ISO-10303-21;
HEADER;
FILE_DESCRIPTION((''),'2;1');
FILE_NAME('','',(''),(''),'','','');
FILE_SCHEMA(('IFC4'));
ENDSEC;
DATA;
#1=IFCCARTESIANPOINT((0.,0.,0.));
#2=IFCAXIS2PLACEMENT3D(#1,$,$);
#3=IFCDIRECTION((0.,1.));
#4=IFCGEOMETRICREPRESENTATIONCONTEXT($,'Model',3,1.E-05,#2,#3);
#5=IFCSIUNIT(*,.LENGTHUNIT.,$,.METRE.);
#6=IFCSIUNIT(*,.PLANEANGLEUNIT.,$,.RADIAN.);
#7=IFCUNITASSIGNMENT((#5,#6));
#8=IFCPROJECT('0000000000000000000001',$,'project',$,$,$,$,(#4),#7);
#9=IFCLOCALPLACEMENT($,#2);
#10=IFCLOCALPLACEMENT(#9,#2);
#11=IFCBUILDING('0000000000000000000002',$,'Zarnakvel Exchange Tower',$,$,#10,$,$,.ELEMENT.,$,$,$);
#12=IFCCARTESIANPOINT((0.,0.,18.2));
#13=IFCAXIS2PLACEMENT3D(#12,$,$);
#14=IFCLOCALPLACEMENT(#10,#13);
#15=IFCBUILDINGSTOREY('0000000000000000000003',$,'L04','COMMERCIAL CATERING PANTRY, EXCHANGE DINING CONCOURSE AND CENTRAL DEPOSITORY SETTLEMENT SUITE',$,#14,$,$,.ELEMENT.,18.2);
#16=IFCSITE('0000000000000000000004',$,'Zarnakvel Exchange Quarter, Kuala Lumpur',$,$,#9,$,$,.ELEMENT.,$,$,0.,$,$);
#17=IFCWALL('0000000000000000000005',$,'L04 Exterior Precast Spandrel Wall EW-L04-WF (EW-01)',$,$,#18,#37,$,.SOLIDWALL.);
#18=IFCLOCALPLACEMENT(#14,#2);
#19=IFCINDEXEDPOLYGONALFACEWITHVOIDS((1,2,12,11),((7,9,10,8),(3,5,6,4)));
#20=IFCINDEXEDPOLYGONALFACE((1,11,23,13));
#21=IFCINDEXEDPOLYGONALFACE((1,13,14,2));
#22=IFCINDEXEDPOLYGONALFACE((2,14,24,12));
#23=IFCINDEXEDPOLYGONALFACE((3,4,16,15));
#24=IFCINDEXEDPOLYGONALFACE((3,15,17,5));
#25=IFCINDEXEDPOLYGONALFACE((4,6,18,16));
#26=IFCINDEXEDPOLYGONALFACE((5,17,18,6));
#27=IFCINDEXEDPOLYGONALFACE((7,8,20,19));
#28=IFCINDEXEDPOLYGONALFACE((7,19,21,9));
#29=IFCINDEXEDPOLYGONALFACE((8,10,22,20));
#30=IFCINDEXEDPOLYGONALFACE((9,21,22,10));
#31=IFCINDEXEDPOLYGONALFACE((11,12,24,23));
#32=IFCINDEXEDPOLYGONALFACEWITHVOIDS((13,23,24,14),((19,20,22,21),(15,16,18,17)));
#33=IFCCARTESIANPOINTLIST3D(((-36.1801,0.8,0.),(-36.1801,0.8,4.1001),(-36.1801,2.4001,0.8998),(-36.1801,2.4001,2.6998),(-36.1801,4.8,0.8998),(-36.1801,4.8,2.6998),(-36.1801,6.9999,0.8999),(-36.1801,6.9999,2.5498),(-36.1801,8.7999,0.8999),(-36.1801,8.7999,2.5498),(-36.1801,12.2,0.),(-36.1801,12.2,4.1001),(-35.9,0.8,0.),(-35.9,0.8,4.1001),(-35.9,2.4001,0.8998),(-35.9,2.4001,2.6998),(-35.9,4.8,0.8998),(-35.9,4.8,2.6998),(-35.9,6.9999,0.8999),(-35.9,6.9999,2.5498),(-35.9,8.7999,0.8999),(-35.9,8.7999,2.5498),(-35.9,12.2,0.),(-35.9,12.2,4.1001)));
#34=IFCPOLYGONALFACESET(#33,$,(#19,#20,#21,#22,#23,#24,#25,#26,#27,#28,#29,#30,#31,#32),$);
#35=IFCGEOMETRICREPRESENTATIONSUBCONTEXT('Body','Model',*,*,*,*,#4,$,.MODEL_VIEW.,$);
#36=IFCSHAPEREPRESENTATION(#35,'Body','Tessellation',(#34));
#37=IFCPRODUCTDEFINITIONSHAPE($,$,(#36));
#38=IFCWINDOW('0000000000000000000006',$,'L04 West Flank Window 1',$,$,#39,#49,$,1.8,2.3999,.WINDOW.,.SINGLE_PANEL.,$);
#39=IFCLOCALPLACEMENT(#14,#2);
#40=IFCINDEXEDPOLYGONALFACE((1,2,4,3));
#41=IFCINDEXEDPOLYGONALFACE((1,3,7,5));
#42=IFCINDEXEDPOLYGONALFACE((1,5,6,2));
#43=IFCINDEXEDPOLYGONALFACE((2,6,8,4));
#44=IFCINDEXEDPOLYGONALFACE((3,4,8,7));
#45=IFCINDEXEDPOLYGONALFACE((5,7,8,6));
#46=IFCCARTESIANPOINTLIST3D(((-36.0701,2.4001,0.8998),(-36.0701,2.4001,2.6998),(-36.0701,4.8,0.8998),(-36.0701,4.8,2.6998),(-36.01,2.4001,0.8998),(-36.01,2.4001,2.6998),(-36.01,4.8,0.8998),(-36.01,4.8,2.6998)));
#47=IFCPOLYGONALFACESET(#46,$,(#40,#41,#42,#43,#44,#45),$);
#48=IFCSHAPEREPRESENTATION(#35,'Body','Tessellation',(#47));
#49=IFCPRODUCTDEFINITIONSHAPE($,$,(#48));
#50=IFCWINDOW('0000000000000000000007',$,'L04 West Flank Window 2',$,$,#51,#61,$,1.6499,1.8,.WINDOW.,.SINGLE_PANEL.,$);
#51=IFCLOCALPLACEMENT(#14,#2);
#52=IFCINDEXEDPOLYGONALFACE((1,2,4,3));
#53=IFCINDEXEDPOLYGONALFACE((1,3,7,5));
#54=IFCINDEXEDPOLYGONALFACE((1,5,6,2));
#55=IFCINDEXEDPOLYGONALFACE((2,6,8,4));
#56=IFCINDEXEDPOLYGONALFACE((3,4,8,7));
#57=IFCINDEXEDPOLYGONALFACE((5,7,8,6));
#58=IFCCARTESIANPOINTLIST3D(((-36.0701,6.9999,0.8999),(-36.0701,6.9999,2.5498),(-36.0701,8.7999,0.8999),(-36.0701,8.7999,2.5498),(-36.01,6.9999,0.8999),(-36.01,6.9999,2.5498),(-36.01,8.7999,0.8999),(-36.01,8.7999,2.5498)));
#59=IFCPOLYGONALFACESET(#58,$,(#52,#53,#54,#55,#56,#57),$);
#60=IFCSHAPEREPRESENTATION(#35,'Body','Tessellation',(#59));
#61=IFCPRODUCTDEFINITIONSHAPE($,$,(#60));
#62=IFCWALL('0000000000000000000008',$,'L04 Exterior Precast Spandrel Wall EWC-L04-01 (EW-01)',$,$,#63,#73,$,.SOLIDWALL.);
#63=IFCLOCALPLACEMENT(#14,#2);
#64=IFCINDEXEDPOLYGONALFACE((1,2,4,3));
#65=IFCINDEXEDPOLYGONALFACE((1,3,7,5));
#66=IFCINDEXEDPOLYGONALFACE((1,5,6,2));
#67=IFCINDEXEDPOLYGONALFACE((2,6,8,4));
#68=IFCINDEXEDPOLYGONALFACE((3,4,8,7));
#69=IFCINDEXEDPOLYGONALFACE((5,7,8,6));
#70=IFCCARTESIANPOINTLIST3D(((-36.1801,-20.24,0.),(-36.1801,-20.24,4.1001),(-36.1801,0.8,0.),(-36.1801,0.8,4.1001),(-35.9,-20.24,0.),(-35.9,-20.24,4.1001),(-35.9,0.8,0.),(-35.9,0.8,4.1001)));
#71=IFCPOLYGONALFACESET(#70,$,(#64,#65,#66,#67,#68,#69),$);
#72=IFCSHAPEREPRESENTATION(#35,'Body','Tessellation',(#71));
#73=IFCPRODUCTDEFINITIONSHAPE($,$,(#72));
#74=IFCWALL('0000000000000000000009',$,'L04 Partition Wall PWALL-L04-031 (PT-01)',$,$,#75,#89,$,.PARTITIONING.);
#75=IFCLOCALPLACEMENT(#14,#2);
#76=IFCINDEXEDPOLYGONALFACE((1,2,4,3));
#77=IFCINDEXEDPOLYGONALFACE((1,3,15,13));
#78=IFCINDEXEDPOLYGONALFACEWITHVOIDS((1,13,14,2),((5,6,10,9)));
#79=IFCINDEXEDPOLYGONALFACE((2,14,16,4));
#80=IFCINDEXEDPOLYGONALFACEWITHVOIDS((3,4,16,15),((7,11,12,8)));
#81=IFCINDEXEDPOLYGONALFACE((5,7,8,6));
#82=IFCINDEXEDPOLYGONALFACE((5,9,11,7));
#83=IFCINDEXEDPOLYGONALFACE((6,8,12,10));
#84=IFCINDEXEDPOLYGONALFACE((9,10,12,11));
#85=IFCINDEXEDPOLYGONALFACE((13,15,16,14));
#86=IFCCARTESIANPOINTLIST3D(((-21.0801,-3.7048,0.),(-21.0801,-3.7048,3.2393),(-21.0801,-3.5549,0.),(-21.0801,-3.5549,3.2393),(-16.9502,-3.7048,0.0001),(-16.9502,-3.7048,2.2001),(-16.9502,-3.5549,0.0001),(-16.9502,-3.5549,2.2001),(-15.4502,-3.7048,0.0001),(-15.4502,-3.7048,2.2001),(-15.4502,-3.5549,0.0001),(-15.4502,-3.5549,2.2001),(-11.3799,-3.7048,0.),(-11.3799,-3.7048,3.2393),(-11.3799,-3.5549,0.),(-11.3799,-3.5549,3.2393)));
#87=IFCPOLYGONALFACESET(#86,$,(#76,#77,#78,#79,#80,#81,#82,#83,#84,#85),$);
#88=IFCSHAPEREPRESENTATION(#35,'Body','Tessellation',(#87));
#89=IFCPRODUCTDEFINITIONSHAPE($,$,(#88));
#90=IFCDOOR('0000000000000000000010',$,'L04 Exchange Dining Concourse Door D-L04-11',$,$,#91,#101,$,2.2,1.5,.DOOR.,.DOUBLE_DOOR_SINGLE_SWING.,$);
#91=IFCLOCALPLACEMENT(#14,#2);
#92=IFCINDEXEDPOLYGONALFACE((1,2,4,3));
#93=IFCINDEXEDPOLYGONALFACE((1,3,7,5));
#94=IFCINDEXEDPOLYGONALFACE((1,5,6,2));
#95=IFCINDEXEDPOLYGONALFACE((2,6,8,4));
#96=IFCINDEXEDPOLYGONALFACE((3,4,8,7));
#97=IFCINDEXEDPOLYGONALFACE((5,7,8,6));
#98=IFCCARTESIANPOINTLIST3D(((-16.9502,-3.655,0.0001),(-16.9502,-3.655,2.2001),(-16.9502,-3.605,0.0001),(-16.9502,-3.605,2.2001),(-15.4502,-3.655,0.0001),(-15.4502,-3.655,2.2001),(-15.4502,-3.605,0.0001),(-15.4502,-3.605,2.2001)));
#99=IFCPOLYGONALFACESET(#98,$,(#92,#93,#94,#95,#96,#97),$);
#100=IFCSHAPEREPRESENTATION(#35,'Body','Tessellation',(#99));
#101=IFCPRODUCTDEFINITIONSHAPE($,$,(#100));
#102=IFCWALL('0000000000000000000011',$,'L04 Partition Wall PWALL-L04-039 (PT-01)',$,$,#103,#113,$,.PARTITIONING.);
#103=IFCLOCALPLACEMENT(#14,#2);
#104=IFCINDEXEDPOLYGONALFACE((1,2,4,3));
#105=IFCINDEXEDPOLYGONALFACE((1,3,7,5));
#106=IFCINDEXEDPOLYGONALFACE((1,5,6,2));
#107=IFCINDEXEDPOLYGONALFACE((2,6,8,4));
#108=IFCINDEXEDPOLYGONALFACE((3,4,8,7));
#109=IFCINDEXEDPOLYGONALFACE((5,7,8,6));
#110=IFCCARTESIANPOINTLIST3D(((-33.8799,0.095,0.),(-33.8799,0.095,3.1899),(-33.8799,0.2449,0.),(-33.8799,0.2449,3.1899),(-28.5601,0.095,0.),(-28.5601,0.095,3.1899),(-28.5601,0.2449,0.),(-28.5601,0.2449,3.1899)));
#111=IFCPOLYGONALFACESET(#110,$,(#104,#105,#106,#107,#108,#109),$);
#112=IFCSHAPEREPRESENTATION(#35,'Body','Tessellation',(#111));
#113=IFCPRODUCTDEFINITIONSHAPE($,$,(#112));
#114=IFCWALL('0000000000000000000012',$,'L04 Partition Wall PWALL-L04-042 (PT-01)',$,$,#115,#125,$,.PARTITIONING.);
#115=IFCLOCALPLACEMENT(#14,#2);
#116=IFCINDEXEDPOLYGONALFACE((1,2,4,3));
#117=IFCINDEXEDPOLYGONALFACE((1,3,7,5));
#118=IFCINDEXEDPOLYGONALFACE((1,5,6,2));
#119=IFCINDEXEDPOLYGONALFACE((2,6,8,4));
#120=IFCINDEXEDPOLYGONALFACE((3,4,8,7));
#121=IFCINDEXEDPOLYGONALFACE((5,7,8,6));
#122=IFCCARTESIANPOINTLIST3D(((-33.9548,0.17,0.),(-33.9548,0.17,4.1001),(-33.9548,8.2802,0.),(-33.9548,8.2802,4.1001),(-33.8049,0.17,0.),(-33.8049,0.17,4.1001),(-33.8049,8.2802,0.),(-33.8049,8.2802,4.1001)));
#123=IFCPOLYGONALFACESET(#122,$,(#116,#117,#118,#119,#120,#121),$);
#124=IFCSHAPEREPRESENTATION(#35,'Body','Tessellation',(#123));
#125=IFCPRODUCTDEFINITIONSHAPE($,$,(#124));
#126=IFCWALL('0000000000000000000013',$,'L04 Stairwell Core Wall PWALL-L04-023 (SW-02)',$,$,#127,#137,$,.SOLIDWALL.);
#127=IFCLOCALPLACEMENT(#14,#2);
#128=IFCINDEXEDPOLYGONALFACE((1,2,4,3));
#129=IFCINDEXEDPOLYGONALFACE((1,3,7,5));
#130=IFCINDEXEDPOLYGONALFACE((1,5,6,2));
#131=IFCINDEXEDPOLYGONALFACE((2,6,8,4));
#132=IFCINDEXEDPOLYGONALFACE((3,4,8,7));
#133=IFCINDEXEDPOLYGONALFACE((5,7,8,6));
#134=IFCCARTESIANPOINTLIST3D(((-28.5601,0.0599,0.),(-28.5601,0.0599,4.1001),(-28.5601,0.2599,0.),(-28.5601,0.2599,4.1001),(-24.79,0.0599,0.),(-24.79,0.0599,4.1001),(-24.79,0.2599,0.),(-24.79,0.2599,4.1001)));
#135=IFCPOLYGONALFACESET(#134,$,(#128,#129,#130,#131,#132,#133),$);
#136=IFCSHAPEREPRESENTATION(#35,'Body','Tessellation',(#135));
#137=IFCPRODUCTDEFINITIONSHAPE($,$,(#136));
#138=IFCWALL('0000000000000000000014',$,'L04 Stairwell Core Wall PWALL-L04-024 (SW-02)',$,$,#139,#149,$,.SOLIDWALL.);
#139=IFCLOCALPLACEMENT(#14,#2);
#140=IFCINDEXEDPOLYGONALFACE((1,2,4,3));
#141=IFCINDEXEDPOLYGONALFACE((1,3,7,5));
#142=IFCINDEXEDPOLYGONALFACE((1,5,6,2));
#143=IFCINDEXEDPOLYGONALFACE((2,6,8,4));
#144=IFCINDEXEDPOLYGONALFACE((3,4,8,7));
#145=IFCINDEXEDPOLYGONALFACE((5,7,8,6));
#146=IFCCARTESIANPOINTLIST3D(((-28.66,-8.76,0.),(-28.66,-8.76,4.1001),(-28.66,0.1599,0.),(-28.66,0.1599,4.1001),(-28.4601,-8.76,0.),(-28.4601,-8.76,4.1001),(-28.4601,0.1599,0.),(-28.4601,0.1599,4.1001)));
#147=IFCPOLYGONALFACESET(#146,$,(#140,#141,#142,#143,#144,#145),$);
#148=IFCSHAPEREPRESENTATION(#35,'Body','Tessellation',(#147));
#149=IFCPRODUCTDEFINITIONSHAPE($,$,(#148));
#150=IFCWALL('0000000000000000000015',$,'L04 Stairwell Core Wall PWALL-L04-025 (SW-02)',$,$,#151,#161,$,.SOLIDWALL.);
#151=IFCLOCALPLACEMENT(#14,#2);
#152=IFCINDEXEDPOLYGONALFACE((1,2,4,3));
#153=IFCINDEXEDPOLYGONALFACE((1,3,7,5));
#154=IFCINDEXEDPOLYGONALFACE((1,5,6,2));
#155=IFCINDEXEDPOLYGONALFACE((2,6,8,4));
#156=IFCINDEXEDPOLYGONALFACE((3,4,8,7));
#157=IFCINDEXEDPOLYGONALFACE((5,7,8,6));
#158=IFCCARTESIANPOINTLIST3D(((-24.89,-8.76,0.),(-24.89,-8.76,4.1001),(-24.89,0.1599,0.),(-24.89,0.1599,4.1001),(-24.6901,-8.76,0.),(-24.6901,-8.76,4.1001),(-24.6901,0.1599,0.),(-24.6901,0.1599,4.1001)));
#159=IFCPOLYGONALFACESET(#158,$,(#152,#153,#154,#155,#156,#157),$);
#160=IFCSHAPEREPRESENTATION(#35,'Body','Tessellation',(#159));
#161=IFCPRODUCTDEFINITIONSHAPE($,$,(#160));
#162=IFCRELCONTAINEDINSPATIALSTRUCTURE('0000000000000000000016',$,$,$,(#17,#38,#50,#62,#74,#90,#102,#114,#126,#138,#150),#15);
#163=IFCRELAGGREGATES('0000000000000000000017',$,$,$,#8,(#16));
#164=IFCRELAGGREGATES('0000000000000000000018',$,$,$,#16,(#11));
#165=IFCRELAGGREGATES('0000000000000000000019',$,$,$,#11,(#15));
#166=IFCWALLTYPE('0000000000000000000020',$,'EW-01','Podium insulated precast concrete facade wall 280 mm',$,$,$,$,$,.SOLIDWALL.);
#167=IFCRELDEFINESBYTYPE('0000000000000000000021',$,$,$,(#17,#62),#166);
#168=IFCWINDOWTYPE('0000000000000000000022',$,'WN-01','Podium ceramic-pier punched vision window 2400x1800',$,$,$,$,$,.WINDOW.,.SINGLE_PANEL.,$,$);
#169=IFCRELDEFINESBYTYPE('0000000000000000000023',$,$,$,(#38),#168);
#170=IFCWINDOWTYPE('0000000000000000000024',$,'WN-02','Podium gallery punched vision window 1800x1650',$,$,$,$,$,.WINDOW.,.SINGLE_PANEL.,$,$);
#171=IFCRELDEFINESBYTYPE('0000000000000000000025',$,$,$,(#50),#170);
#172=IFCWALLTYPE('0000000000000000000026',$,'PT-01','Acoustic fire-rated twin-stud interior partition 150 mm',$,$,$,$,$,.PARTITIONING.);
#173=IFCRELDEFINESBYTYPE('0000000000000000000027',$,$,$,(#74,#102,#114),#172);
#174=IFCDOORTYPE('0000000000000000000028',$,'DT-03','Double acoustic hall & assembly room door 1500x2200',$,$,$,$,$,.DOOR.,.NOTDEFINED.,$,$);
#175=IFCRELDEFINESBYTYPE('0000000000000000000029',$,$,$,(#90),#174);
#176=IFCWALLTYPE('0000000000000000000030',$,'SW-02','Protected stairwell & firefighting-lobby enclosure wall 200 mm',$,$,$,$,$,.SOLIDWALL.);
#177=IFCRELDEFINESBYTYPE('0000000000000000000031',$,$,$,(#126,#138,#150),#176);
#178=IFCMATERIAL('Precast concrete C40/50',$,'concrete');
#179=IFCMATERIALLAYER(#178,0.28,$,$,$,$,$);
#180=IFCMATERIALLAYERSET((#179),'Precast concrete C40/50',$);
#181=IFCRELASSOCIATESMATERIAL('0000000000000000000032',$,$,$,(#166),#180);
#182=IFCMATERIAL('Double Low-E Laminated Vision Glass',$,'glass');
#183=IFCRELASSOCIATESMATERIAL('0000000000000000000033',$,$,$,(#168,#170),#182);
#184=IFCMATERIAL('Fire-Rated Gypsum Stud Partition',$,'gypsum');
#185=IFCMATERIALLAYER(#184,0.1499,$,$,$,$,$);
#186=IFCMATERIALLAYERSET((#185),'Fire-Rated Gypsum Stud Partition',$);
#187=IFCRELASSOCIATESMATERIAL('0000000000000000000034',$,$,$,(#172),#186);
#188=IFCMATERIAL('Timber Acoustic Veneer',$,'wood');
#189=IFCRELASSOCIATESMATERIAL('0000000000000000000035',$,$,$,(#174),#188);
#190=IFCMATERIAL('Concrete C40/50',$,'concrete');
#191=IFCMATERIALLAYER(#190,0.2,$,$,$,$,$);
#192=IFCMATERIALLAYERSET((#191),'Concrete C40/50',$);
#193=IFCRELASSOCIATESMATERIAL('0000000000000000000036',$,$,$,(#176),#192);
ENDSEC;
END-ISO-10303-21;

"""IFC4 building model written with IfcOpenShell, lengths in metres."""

from ifc_helpers import new_model, si_unit, direction, frame, frame_2d, origin, place, context, subcontext, project, spatial, rectangle, extrude, source, transform, mapped, material, layer, layer_set, type_object, element, fill, save


model = new_model("IFC4")

# Units and contexts
model_context = context("Model", 3, precision=1e-05, world=origin(), true_north=direction((0.0, 1.0)))
body_context = subcontext(model_context, "Body", "Model", "MODEL_VIEW")
ifc_project = project(units=[si_unit("LENGTHUNIT", "METRE"), si_unit("PLANEANGLEUNIT", "RADIAN")], contexts=[model_context])

# Site, building, storey
site_placement = place(None, origin())
site = spatial("IfcSite", under=ifc_project, at=site_placement, Name="Zarnakvel Exchange Quarter, Kuala Lumpur", CompositionType="ELEMENT", RefElevation=0.0)
building_placement = place(site_placement, origin())
building = spatial("IfcBuilding", under=site, at=building_placement, Name="Zarnakvel Exchange Tower", CompositionType="ELEMENT")
storey_placement = place(building_placement, frame((0.0, 0.0, 18.2)))
storey = spatial("IfcBuildingStorey", under=building, at=storey_placement, Name="L04", Description="COMMERCIAL CATERING PANTRY, EXCHANGE DINING CONCOURSE AND CENTRAL DEPOSITORY SETTLEMENT SUITE", CompositionType="ELEMENT", Elevation=18.2)

# Wall, openings, windows
ifc_material_1 = material(Name="Precast concrete C40/50", Category="concrete")
ifc_layer_1 = layer(ifc_material_1, 0.28)
ifc_layer_set_1 = layer_set([ifc_layer_1], Name="Precast concrete C40/50")
wall_type_1 = type_object("IfcWallType", Name="EW-01", Description="Podium insulated precast concrete facade wall 280 mm", PredefinedType="SOLIDWALL", material=ifc_layer_set_1)
wall_1_placement = place(storey_placement, frame((-36.04, 0.8, 0.0), z_axis=(0.0, 0.0, 1.0), x_axis=(0.0, 1.0, 0.0)))
wall_1 = element("IfcWall", 1, at=wall_1_placement, inside=storey, type_object=wall_type_1, Name="L04 Exterior Precast Spandrel Wall EW-L04-WF (EW-01)", PredefinedType="SOLIDWALL", context=body_context, shape_type="SweptSolid", body=[
    extrude(rectangle(XDim=11.3999, YDim=0.28, at=frame_2d((5.7, 0.0))), origin(), (0.0, 0.0, 1.0), 4.1001),
])
opening_1_placement = place(wall_1_placement, frame((1.6001, 0.0, 0.8999)))
opening_1 = element("IfcOpeningElement", 2, at=opening_1_placement, cuts=wall_1, PredefinedType="OPENING", context=body_context, shape_type="SweptSolid", body=[
    extrude(rectangle(XDim=2.3999, YDim=1.8, at=frame_2d((1.2, 0.8999))), frame((0.0, 0.1499, 0.0), z_axis=(0.0, -1.0, 0.0), x_axis=(1.0, 0.0, 0.0)), (0.0, 0.0, 1.0), 0.3),
])
opening_2_placement = place(wall_1_placement, frame((6.2, 0.0, 0.8999)))
opening_2 = element("IfcOpeningElement", 3, at=opening_2_placement, cuts=wall_1, PredefinedType="OPENING", context=body_context, shape_type="SweptSolid", body=[
    extrude(rectangle(XDim=1.8, YDim=1.6499, at=frame_2d((0.8999, 0.825))), frame((0.0, 0.1499, 0.0), z_axis=(0.0, -1.0, 0.0), x_axis=(1.0, 0.0, 0.0)), (0.0, 0.0, 1.0), 0.3),
])
ifc_material_2 = material(Name="Double Low-E Laminated Vision Glass", Category="glass")
window_type_1 = type_object("IfcWindowType", Name="WN-01", Description="Podium ceramic-pier punched vision window 2400x1800", PartitioningType="SINGLE_PANEL", PredefinedType="WINDOW", material=ifc_material_2)
shared_shape_1 = source(origin(), body_context, "Body", "SweptSolid", [
    extrude(rectangle(XDim=2.3999, YDim=1.8, at=frame_2d((1.2, 0.8999))), frame((0.0, 0.03, 0.0), z_axis=(0.0, -1.0, 0.0), x_axis=(1.0, 0.0, 0.0)), (0.0, 0.0, 1.0), 0.0601),
])
window_1_placement = place(opening_1_placement, origin())
window_1 = element("IfcWindow", 4, at=window_1_placement, inside=storey, type_object=window_type_1, Name="L04 West Flank Window 1", OverallHeight=1.8, OverallWidth=2.3999, PartitioningType="SINGLE_PANEL", PredefinedType="WINDOW", context=body_context, shape_type="MappedRepresentation", body=[
    mapped(shared_shape_1, transform((0.0, 0.0, 0.0), x_axis=(1.0, 0.0, 0.0), y_axis=(0.0, 1.0, 0.0), z_axis=(0.0, 0.0, 1.0), scale=1.0)),
])
fill(opening_1, window_1)
window_type_2 = type_object("IfcWindowType", Name="WN-02", Description="Podium gallery punched vision window 1800x1650", PartitioningType="SINGLE_PANEL", PredefinedType="WINDOW", material=ifc_material_2)
shared_shape_2 = source(origin(), body_context, "Body", "SweptSolid", [
    extrude(rectangle(XDim=1.8, YDim=1.6499, at=frame_2d((0.8999, 0.825))), frame((0.0, 0.03, 0.0), z_axis=(0.0, -1.0, 0.0), x_axis=(1.0, 0.0, 0.0)), (0.0, 0.0, 1.0), 0.0601),
])
window_2_placement = place(opening_2_placement, origin())
window_2 = element("IfcWindow", 5, at=window_2_placement, inside=storey, type_object=window_type_2, Name="L04 West Flank Window 2", OverallHeight=1.6499, OverallWidth=1.8, PartitioningType="SINGLE_PANEL", PredefinedType="WINDOW", context=body_context, shape_type="MappedRepresentation", body=[
    mapped(shared_shape_2, transform((0.0, 0.0, 0.0), x_axis=(1.0, 0.0, 0.0), y_axis=(0.0, 1.0, 0.0), z_axis=(0.0, 0.0, 1.0), scale=1.0)),
])
fill(opening_2, window_2)

# Wall
wall_2_placement = place(storey_placement, frame((-36.04, 0.8, 0.0), z_axis=(0.0, 0.0, 1.0), x_axis=(0.0, -1.0, 0.0)))
element("IfcWall", 6, at=wall_2_placement, inside=storey, type_object=wall_type_1, Name="L04 Exterior Precast Spandrel Wall EWC-L04-01 (EW-01)", PredefinedType="SOLIDWALL", context=body_context, shape_type="SweptSolid", body=[
    extrude(rectangle(XDim=21.04, YDim=0.28, at=frame_2d((10.52, 0.0))), origin(), (0.0, 0.0, 1.0), 4.1001),
])

# Wall, opening, door
ifc_material_3 = material(Name="Fire-Rated Gypsum Stud Partition", Category="gypsum")
ifc_layer_2 = layer(ifc_material_3, 0.1499)
ifc_layer_set_2 = layer_set([ifc_layer_2], Name="Fire-Rated Gypsum Stud Partition")
wall_type_2 = type_object("IfcWallType", Name="PT-01", Description="Acoustic fire-rated twin-stud interior partition 150 mm", PredefinedType="PARTITIONING", material=ifc_layer_set_2)
wall_3_placement = place(storey_placement, frame((-21.0801, -3.6299, 0.0), z_axis=(0.0, 0.0, 1.0), x_axis=(1.0, 0.0, 0.0)))
wall_3 = element("IfcWall", 7, at=wall_3_placement, inside=storey, type_object=wall_type_2, Name="L04 Partition Wall PWALL-L04-031 (PT-01)", PredefinedType="PARTITIONING", context=body_context, shape_type="SweptSolid", body=[
    extrude(rectangle(XDim=9.7002, YDim=0.1499, at=frame_2d((4.8501, 0.0))), origin(), (0.0, 0.0, 1.0), 3.2393),
])
opening_3_placement = place(wall_3_placement, frame((4.1299, 0.0, 0.0)))
opening_3 = element("IfcOpeningElement", 8, at=opening_3_placement, cuts=wall_3, PredefinedType="OPENING", context=body_context, shape_type="SweptSolid", body=[
    extrude(rectangle(XDim=1.5, YDim=2.2, at=frame_2d((0.75, 1.1001))), frame((0.0, 0.085, 0.0), z_axis=(0.0, -1.0, 0.0), x_axis=(1.0, 0.0, 0.0)), (0.0, 0.0, 1.0), 0.1699),
])
ifc_material_4 = material(Name="Timber Acoustic Veneer", Category="wood")
door_type_1 = type_object("IfcDoorType", Name="DT-03", Description="Double acoustic hall & assembly room door 1500x2200", OperationType="NOTDEFINED", PredefinedType="DOOR", material=ifc_material_4)
shared_shape_3 = source(origin(), body_context, "Body", "SweptSolid", [
    extrude(rectangle(XDim=1.5, YDim=2.2, at=frame_2d((0.75, 1.1001))), frame((0.0, 0.0249, 0.0), z_axis=(0.0, -1.0, 0.0), x_axis=(1.0, 0.0, 0.0)), (0.0, 0.0, 1.0), 0.05),
])
door_1_placement = place(opening_3_placement, origin())
door_1 = element("IfcDoor", 9, at=door_1_placement, inside=storey, type_object=door_type_1, Name="L04 Exchange Dining Concourse Door D-L04-11", OperationType="DOUBLE_DOOR_SINGLE_SWING", OverallHeight=2.2, OverallWidth=1.5, PredefinedType="DOOR", context=body_context, shape_type="MappedRepresentation", body=[
    mapped(shared_shape_3, transform((0.0, 0.0, 0.0), x_axis=(1.0, 0.0, 0.0), y_axis=(0.0, 1.0, 0.0), z_axis=(0.0, 0.0, 1.0), scale=1.0)),
])
fill(opening_3, door_1)

# Walls
wall_4_placement = place(storey_placement, frame((-28.5601, 0.1699, 0.0), z_axis=(0.0, 0.0, 1.0), x_axis=(-1.0, 0.0, 0.0)))
element("IfcWall", 10, at=wall_4_placement, inside=storey, type_object=wall_type_2, Name="L04 Partition Wall PWALL-L04-039 (PT-01)", PredefinedType="PARTITIONING", context=body_context, shape_type="SweptSolid", body=[
    extrude(rectangle(XDim=5.3198, YDim=0.1499, at=frame_2d((2.6599, 0.0))), origin(), (0.0, 0.0, 1.0), 3.1899),
])
wall_5_placement = place(storey_placement, frame((-33.8799, 0.1699, 0.0), z_axis=(0.0, 0.0, 1.0), x_axis=(0.0, 1.0, 0.0)))
element("IfcWall", 11, at=wall_5_placement, inside=storey, type_object=wall_type_2, Name="L04 Partition Wall PWALL-L04-042 (PT-01)", PredefinedType="PARTITIONING", context=body_context, shape_type="SweptSolid", body=[
    extrude(rectangle(XDim=8.1101, YDim=0.1499, at=frame_2d((4.0552, 0.0))), origin(), (0.0, 0.0, 1.0), 4.1001),
])

# Shared definitions
ifc_material_5 = material(Name="Concrete C40/50", Category="concrete")
ifc_layer_3 = layer(ifc_material_5, 0.2)
ifc_layer_set_3 = layer_set([ifc_layer_3], Name="Concrete C40/50")
wall_type_3 = type_object("IfcWallType", Name="SW-02", Description="Protected stairwell & firefighting-lobby enclosure wall 200 mm", PredefinedType="SOLIDWALL", material=ifc_layer_set_3)

# Walls
wall_6_placement = place(storey_placement, frame((-28.5601, 0.1599, 0.0), z_axis=(0.0, 0.0, 1.0), x_axis=(1.0, 0.0, 0.0)))
element("IfcWall", 12, at=wall_6_placement, inside=storey, type_object=wall_type_3, Name="L04 Stairwell Core Wall PWALL-L04-023 (SW-02)", PredefinedType="SOLIDWALL", context=body_context, shape_type="SweptSolid", body=[
    extrude(rectangle(XDim=3.77, YDim=0.2, at=frame_2d((1.885, 0.0))), origin(), (0.0, 0.0, 1.0), 4.1001),
])
for number, where, z_axis, x_axis, name in (
    (13, (-28.5601, -8.76, 0.0), (0.0, 0.0, 1.0), (0.0, 1.0, 0.0), "L04 Stairwell Core Wall PWALL-L04-024 (SW-02)"),
    (14, (-24.79, 0.1599, 0.0), (0.0, 0.0, 1.0), (0.0, -1.0, 0.0), "L04 Stairwell Core Wall PWALL-L04-025 (SW-02)"),
):
    element("IfcWall", number, at=place(storey_placement, frame(where, z_axis=z_axis, x_axis=x_axis)), inside=storey, type_object=wall_type_3, Name=name, PredefinedType="SOLIDWALL", context=body_context, shape_type="SweptSolid", body=[
        extrude(rectangle(XDim=8.9199, YDim=0.2, at=frame_2d((4.46, 0.0))), origin(), (0.0, 0.0, 1.0), 4.1001),
    ])

save(model, "model.ifc")
